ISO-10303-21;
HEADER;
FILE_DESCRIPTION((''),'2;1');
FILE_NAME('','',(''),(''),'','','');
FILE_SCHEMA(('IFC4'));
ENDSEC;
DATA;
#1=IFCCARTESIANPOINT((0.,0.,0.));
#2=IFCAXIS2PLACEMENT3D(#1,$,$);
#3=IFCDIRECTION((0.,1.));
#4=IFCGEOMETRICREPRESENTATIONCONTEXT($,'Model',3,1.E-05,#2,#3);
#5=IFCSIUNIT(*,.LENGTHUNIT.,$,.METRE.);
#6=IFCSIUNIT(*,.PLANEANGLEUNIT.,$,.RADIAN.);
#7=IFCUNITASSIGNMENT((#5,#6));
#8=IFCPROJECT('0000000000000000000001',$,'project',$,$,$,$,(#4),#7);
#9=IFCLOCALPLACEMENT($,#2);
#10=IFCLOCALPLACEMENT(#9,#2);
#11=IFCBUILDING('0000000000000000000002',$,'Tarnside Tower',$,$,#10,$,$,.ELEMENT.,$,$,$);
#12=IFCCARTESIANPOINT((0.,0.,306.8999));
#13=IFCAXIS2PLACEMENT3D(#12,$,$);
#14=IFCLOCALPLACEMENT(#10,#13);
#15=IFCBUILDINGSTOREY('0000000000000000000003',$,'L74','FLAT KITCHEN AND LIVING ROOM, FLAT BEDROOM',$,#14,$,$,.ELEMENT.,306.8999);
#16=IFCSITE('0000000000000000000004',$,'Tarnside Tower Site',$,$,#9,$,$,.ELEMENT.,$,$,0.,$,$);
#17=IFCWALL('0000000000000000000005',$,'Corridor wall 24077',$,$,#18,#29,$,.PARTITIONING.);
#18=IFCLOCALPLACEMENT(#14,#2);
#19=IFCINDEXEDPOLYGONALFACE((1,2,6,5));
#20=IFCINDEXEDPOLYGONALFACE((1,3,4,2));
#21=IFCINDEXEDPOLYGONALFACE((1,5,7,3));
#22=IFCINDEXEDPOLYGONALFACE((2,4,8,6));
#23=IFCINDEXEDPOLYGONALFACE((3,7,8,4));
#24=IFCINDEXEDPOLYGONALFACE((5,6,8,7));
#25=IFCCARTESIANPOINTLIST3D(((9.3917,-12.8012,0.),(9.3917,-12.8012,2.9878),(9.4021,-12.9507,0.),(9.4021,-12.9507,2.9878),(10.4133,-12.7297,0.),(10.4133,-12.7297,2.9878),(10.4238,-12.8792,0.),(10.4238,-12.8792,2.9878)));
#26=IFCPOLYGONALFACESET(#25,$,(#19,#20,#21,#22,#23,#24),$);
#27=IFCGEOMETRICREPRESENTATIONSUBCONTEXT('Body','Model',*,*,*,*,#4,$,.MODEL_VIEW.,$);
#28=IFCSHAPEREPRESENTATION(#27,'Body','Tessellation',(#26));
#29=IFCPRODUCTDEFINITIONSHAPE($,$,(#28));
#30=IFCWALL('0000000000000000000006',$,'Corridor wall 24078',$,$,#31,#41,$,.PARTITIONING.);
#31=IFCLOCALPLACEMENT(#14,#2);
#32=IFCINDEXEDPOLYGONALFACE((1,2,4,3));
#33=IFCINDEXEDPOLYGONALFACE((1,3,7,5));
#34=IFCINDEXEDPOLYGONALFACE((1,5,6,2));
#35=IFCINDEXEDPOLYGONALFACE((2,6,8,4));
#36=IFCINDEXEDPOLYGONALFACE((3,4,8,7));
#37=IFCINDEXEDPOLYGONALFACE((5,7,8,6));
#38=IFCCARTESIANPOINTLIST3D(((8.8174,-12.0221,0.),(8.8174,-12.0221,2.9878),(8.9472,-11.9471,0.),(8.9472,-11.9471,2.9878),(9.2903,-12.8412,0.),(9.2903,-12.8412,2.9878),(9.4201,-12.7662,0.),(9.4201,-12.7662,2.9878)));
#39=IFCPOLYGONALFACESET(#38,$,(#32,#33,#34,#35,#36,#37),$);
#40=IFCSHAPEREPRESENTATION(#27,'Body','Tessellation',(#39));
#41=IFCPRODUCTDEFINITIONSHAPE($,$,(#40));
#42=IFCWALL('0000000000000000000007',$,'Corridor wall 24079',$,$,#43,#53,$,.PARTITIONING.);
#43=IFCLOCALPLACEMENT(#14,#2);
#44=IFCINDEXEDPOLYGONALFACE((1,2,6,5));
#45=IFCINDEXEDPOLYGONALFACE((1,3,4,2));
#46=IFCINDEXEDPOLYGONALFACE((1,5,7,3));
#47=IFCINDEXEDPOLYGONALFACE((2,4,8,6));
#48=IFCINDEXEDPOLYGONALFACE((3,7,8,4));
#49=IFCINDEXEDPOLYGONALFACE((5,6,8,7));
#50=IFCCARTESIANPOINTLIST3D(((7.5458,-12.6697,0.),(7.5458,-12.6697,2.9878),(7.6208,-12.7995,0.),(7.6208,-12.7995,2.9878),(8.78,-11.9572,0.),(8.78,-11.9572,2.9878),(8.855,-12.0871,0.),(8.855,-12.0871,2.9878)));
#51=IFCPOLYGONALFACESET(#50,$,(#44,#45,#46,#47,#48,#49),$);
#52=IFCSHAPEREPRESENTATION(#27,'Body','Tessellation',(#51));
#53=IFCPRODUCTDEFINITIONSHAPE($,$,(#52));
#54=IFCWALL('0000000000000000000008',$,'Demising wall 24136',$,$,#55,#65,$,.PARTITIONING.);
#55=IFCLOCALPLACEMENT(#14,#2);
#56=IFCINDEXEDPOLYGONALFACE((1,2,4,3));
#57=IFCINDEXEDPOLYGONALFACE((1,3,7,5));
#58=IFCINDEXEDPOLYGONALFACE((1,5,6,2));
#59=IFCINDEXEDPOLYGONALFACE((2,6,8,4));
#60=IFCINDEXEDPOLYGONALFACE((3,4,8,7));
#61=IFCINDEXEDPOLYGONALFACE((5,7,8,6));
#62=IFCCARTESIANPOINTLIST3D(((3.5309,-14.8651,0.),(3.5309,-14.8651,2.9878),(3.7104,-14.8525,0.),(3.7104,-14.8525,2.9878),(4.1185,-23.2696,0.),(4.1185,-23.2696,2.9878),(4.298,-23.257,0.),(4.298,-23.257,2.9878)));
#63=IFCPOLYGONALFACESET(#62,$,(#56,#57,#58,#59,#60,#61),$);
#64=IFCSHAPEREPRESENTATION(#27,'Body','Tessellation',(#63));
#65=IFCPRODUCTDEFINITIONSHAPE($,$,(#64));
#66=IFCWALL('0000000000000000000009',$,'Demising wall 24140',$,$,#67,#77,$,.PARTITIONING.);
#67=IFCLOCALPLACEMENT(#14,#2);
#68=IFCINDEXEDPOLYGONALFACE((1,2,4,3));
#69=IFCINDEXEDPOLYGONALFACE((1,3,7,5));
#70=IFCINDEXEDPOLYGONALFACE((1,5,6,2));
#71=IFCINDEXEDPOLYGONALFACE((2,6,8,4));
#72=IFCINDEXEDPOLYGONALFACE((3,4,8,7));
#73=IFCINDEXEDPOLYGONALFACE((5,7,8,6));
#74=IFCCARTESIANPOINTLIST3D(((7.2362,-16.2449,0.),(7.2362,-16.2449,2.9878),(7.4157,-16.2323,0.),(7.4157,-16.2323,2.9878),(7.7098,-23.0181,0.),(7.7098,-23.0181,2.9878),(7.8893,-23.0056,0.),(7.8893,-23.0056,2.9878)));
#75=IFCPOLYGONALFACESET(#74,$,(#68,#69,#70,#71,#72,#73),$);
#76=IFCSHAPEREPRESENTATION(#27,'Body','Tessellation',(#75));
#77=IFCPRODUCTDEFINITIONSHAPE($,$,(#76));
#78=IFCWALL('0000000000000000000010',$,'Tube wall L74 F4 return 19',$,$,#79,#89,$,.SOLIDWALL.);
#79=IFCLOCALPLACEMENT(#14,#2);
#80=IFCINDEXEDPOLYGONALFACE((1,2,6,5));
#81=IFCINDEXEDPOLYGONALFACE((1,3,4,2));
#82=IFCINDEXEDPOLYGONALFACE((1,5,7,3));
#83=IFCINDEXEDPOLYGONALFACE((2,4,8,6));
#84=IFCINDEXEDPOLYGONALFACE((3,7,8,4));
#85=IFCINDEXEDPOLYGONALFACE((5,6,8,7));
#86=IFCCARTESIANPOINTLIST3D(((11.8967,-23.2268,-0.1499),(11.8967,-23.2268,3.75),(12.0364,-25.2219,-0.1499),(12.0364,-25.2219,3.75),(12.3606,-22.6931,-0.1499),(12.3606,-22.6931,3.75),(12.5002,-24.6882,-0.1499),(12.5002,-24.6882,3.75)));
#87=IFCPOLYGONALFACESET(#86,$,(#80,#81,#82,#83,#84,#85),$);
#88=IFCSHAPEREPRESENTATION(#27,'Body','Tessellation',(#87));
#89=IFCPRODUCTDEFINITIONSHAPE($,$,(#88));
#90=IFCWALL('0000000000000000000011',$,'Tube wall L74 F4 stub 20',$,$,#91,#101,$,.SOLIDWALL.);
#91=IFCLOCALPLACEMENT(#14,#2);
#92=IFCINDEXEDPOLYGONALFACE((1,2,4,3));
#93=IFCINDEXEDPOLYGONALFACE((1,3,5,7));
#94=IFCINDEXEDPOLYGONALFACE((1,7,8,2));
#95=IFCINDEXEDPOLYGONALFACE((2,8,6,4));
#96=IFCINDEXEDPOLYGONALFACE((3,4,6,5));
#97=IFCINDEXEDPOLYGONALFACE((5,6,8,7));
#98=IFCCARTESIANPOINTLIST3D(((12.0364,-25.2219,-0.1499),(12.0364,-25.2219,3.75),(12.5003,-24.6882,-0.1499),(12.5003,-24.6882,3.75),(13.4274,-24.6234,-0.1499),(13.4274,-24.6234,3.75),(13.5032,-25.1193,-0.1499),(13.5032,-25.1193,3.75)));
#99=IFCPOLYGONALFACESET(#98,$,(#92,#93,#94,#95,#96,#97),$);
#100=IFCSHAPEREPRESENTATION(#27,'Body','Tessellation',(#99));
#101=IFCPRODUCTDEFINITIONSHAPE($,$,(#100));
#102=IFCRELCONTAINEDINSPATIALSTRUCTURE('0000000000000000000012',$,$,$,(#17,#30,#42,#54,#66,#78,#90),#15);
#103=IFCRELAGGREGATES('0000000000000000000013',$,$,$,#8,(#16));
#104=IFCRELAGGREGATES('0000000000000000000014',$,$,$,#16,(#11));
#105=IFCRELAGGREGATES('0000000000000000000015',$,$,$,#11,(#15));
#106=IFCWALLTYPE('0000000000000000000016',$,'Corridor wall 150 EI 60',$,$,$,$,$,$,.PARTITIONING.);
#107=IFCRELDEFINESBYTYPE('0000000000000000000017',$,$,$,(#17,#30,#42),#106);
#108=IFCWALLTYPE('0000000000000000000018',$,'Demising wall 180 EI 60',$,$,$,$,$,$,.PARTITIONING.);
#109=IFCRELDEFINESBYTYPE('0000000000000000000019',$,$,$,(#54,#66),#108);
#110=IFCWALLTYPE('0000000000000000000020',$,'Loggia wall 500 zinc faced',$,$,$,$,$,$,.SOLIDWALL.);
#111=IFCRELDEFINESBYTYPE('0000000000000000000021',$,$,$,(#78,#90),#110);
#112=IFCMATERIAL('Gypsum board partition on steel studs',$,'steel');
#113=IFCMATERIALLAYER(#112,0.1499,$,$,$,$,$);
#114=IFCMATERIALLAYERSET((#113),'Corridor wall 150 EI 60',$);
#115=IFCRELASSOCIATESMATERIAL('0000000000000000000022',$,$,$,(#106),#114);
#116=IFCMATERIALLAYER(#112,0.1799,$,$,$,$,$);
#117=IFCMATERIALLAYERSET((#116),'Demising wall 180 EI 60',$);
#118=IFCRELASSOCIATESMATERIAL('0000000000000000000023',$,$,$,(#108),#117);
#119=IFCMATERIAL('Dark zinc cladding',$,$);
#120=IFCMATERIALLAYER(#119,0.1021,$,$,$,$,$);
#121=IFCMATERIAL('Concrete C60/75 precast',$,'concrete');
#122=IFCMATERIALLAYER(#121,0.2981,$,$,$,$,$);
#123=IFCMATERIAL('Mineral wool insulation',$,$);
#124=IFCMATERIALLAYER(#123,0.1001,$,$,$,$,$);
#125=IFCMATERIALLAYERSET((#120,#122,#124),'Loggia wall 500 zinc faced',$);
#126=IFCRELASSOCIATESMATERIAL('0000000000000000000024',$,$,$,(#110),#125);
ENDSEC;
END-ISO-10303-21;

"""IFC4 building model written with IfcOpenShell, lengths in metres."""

from ifc_helpers import new_model, si_unit, direction, frame, frame_2d, origin, place, context, subcontext, project, spatial, polyline, rectangle, outline, extrude, material, layer, layer_set, type_object, element, save


model = new_model("IFC4")

# Units and contexts
model_context = context("Model", 3, precision=1e-05, world=origin(), true_north=direction((0.0, 1.0)))
body_context = subcontext(model_context, "Body", "Model", "MODEL_VIEW")
ifc_project = project(units=[si_unit("LENGTHUNIT", "METRE"), si_unit("PLANEANGLEUNIT", "RADIAN")], contexts=[model_context])

# Site, building, storey
site_placement = place(None, origin())
site = spatial("IfcSite", under=ifc_project, at=site_placement, Name="Tarnside Tower Site", CompositionType="ELEMENT", RefElevation=0.0)
building_placement = place(site_placement, origin())
building = spatial("IfcBuilding", under=site, at=building_placement, Name="Tarnside Tower", CompositionType="ELEMENT")
storey_placement = place(building_placement, frame((0.0, 0.0, 306.8999)))
storey = spatial("IfcBuildingStorey", under=building, at=storey_placement, Name="L74", Description="FLAT KITCHEN AND LIVING ROOM, FLAT BEDROOM", CompositionType="ELEMENT", Elevation=306.8999)

# Shared definitions
ifc_material_1 = material(Name="Gypsum board partition on steel studs", Category="steel")
ifc_layer_1 = layer(ifc_material_1, 0.1499)
ifc_layer_set_1 = layer_set([ifc_layer_1], Name="Corridor wall 150 EI 60")
wall_type_1 = type_object("IfcWallType", Name="Corridor wall 150 EI 60", PredefinedType="PARTITIONING", material=ifc_layer_set_1)

# Walls
wall_1_placement = place(storey_placement, frame((10.4187, -12.8044, 0.0), z_axis=(0.0, 0.0, 1.0), x_axis=(-0.997558, -0.069841, 0.0)))
element("IfcWall", 1, at=wall_1_placement, inside=storey, type_object=wall_type_1, Name="Corridor wall 24077", PredefinedType="PARTITIONING", context=body_context, shape_type="SweptSolid", body=[
    extrude(rectangle(XDim=1.0242, YDim=0.1499, at=frame_2d((0.5122, 0.0))), origin(), (0.0, 0.0, 1.0), 2.9878),
])
wall_2_placement = place(storey_placement, frame((9.3552, -12.8037, 0.0), z_axis=(0.0, 0.0, 1.0), x_axis=(-0.499998, 0.866027, 0.0)))
element("IfcWall", 2, at=wall_2_placement, inside=storey, type_object=wall_type_1, Name="Corridor wall 24078", PredefinedType="PARTITIONING", context=body_context, shape_type="SweptSolid", body=[
    extrude(rectangle(XDim=0.9458, YDim=0.1499, at=frame_2d((0.4729, 0.0))), origin(), (0.0, 0.0, 1.0), 2.9878),
])
wall_3_placement = place(storey_placement, frame((8.8174, -12.0222, 0.0), z_axis=(0.0, 0.0, 1.0), x_axis=(-0.866063, -0.499935, 0.0)))
element("IfcWall", 3, at=wall_3_placement, inside=storey, type_object=wall_type_1, Name="Corridor wall 24079", PredefinedType="PARTITIONING", context=body_context, shape_type="SweptSolid", body=[
    extrude(rectangle(XDim=1.425, YDim=0.1499, at=frame_2d((0.7124, 0.0))), origin(), (0.0, 0.0, 1.0), 2.9878),
])
ifc_layer_2 = layer(ifc_material_1, 0.1799)
ifc_layer_set_2 = layer_set([ifc_layer_2], Name="Demising wall 180 EI 60")
wall_type_2 = type_object("IfcWallType", Name="Demising wall 180 EI 60", PredefinedType="PARTITIONING", material=ifc_layer_set_2)
wall_4_placement = place(storey_placement, frame((4.2083, -23.2632, 0.0), z_axis=(0.0, 0.0, 1.0), x_axis=(-0.06975, 0.997565, 0.0)))
element("IfcWall", 4, at=wall_4_placement, inside=storey, type_object=wall_type_2, Name="Demising wall 24136", PredefinedType="PARTITIONING", context=body_context, shape_type="SweptSolid", body=[
    extrude(rectangle(XDim=8.425, YDim=0.1799, at=frame_2d((4.2124, 0.0))), origin(), (0.0, 0.0, 1.0), 2.9878),
])
wall_5_placement = place(storey_placement, frame((7.7996, -23.012, 0.0), z_axis=(0.0, 0.0, 1.0), x_axis=(-0.069757, 0.997564, 0.0)))
element("IfcWall", 5, at=wall_5_placement, inside=storey, type_object=wall_type_2, Name="Demising wall 24140", PredefinedType="PARTITIONING", context=body_context, shape_type="SweptSolid", body=[
    extrude(rectangle(XDim=6.7898, YDim=0.1799, at=frame_2d((3.395, 0.0))), origin(), (0.0, 0.0, 1.0), 2.9878),
])
ifc_material_2 = material(Name="Dark zinc cladding")
ifc_layer_3 = layer(ifc_material_2, 0.1021)
ifc_material_3 = material(Name="Concrete C60/75 precast", Category="concrete")
ifc_layer_4 = layer(ifc_material_3, 0.2981)
ifc_material_4 = material(Name="Mineral wool insulation")
ifc_layer_5 = layer(ifc_material_4, 0.1001)
ifc_layer_set_3 = layer_set([ifc_layer_3, ifc_layer_4, ifc_layer_5], Name="Loggia wall 500 zinc faced")
wall_type_3 = type_object("IfcWallType", Name="Loggia wall 500 zinc faced", PredefinedType="SOLIDWALL", material=ifc_layer_set_3)
wall_6_placement = place(storey_placement, frame((12.1287, -22.96, -0.1499), z_axis=(0.0, 0.0, 1.0), x_axis=(0.069824, -0.997559, 0.0)))
element("IfcWall", 6, at=wall_6_placement, inside=storey, type_object=wall_type_3, Name="Tube wall L74 F4 return 19", PredefinedType="SOLIDWALL", context=body_context, shape_type="SweptSolid", body=[
    extrude(outline(polyline([(0.25, -0.25), (2.25, -0.25), (1.75, 0.25), (-0.25, 0.25), (0.25, -0.25)])), origin(), (0.0, 0.0, 1.0), 3.8999),
])
wall_7_placement = place(storey_placement, frame((12.2683, -24.9551, -0.1499), z_axis=(0.0, 0.0, 1.0), x_axis=(0.997562, 0.069787, 0.0)))
element("IfcWall", 7, at=wall_7_placement, inside=storey, type_object=wall_type_3, Name="Tube wall L74 F4 stub 20", PredefinedType="SOLIDWALL", context=body_context, shape_type="SweptSolid", body=[
    extrude(outline(polyline([(-0.25, -0.25), (1.2205, -0.25), (1.1794, 0.25), (0.25, 0.25), (-0.25, -0.25)])), origin(), (0.0, 0.0, 1.0), 3.8999),
])

save(model, "model.ifc")
